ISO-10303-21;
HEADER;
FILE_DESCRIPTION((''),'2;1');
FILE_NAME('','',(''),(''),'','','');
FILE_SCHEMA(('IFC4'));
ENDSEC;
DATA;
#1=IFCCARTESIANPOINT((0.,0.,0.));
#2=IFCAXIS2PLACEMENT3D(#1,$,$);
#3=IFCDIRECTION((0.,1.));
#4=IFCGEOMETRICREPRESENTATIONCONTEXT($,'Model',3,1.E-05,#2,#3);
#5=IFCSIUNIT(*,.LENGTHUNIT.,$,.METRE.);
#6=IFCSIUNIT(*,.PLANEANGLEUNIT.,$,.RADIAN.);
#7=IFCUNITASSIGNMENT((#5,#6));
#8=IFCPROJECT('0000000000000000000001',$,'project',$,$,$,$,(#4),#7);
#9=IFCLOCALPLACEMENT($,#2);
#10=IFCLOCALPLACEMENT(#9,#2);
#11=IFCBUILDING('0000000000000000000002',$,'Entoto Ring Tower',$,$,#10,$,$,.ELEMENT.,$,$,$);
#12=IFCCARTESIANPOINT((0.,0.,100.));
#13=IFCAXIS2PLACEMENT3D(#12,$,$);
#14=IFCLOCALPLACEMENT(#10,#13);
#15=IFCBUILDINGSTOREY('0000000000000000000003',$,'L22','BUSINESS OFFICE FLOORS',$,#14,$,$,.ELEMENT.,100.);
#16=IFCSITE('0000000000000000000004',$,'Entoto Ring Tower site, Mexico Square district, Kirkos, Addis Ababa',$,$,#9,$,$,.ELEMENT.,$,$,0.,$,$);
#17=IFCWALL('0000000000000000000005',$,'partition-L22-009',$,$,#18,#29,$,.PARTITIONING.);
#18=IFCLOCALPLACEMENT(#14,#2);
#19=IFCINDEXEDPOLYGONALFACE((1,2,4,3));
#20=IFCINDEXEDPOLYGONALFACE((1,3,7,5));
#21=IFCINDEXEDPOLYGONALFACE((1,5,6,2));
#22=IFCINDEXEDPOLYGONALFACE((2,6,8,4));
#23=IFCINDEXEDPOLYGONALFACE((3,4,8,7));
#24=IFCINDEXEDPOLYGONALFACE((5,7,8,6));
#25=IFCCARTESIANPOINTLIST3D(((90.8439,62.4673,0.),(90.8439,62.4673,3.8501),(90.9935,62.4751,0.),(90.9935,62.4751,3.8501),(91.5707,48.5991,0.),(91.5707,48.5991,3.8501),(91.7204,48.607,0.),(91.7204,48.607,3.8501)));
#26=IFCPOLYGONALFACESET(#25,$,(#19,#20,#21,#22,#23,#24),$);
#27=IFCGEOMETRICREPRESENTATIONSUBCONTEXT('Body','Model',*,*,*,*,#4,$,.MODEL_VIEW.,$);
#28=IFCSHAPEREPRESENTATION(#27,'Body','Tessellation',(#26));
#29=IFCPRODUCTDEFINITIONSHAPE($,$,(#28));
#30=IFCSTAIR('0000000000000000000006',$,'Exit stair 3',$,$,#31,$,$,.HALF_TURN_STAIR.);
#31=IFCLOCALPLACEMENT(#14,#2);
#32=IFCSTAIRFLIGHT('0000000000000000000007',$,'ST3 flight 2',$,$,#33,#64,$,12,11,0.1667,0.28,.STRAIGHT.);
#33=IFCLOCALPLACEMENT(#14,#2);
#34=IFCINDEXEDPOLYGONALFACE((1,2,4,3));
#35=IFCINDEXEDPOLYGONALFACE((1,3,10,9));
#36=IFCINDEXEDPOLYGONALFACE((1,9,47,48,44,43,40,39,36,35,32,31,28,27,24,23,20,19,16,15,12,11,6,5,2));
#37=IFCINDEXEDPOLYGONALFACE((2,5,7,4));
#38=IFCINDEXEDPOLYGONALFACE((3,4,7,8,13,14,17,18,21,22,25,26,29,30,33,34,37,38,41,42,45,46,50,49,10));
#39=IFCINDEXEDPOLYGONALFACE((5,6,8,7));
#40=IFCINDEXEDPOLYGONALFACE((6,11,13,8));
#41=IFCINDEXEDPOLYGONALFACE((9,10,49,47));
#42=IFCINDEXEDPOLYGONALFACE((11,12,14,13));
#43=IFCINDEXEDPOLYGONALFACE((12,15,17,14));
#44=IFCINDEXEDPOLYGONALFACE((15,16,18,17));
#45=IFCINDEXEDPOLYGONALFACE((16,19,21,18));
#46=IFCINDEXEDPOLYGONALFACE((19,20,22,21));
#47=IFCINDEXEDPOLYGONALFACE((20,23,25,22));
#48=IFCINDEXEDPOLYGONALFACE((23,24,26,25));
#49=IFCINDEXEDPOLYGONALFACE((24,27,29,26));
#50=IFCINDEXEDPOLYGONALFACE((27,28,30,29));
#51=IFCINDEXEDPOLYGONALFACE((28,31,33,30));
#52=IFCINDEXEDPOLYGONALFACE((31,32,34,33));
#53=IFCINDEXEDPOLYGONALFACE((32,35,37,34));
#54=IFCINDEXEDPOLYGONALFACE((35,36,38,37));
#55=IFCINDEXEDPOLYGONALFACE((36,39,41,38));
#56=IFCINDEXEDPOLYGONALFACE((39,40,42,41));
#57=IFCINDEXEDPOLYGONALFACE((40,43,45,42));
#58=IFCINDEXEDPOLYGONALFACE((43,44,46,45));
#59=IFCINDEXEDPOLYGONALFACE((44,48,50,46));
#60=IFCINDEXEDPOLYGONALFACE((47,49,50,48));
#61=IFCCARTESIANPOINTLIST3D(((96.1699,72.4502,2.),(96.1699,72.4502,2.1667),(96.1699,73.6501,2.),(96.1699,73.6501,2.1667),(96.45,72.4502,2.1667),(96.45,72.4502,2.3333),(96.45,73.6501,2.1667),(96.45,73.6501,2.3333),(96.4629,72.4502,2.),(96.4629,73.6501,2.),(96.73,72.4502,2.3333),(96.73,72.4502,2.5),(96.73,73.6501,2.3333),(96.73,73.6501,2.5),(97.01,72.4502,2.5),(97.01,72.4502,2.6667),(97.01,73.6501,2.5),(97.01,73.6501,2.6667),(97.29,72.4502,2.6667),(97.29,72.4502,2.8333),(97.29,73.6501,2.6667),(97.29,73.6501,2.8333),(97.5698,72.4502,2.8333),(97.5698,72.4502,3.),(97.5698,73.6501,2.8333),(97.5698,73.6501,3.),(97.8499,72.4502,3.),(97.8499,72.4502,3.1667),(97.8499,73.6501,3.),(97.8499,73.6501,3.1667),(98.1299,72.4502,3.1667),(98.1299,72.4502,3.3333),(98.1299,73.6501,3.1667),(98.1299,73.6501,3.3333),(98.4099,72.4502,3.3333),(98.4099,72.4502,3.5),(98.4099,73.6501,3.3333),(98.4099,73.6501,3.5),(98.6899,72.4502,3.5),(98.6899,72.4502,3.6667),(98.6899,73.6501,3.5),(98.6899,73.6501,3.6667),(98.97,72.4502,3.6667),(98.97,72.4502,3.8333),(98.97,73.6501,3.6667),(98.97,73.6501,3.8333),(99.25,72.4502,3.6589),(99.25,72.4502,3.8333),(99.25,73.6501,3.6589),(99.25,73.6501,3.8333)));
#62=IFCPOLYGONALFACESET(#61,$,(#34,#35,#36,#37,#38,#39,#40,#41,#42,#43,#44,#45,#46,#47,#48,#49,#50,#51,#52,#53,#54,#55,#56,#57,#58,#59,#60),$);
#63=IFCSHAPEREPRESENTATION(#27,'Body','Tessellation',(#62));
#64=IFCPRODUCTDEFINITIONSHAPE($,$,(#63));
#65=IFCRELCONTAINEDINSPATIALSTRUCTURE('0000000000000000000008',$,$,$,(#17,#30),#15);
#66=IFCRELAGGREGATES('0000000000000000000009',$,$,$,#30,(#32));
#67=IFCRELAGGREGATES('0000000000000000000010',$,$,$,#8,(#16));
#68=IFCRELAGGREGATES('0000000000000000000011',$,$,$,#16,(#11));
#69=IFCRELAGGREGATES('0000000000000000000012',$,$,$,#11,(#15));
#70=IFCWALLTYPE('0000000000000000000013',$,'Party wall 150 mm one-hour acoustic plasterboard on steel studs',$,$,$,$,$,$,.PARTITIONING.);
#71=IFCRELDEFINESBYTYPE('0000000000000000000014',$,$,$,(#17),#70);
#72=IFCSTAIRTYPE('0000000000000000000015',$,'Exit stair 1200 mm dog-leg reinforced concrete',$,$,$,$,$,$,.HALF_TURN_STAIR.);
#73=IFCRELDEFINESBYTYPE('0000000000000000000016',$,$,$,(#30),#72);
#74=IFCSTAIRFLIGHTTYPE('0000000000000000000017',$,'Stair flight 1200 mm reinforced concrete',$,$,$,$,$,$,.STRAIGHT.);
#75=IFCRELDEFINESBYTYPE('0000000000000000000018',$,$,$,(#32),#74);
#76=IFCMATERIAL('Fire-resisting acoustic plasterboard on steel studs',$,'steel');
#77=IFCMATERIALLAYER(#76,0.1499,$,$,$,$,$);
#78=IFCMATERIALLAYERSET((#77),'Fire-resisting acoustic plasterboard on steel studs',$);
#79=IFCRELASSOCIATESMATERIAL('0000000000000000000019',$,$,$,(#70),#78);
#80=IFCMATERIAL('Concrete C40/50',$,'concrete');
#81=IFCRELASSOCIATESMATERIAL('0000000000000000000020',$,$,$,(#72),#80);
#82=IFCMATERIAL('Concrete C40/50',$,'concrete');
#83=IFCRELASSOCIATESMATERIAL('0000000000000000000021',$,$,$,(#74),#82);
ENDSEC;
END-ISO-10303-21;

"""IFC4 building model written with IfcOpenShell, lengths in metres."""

from ifc_helpers import new_model, si_unit, direction, frame, frame_2d, origin, place, context, subcontext, project, spatial, polyline, rectangle, outline, extrude, material, layer, layer_set, type_object, element, aggregate, save


model = new_model("IFC4")

# Units and contexts
model_context = context("Model", 3, precision=1e-05, world=origin(), true_north=direction((0.0, 1.0)))
body_context = subcontext(model_context, "Body", "Model", "MODEL_VIEW")
ifc_project = project(units=[si_unit("LENGTHUNIT", "METRE"), si_unit("PLANEANGLEUNIT", "RADIAN")], contexts=[model_context])

# Site, building, storey
site_placement = place(None, origin())
site = spatial("IfcSite", under=ifc_project, at=site_placement, Name="Entoto Ring Tower site, Mexico Square district, Kirkos, Addis Ababa", CompositionType="ELEMENT", RefElevation=0.0)
building_placement = place(site_placement, origin())
building = spatial("IfcBuilding", under=site, at=building_placement, Name="Entoto Ring Tower", CompositionType="ELEMENT")
storey_placement = place(building_placement, frame((0.0, 0.0, 100.0)))
storey = spatial("IfcBuildingStorey", under=building, at=storey_placement, Name="L22", Description="BUSINESS OFFICE FLOORS", CompositionType="ELEMENT", Elevation=100.0)

# Wall
ifc_material_1 = material(Name="Fire-resisting acoustic plasterboard on steel studs", Category="steel")
ifc_layer_1 = layer(ifc_material_1, 0.1499)
ifc_layer_set_1 = layer_set([ifc_layer_1], Name="Fire-resisting acoustic plasterboard on steel studs")
wall_type_1 = type_object("IfcWallType", Name="Party wall 150 mm one-hour acoustic plasterboard on steel studs", PredefinedType="PARTITIONING", material=ifc_layer_set_1)
wall_1_placement = place(storey_placement, frame((91.6455, 48.603, 0.0), z_axis=(0.0, 0.0, 1.0), x_axis=(-0.052336, 0.99863, 0.0)))
element("IfcWall", 1, at=wall_1_placement, inside=storey, type_object=wall_type_1, Name="partition-L22-009", PredefinedType="PARTITIONING", context=body_context, shape_type="SweptSolid", body=[
    extrude(rectangle(XDim=13.8872, YDim=0.1499, at=frame_2d((6.9436, 0.0))), origin(), (0.0, 0.0, 1.0), 3.8501),
])

# Stair, stair flight
ifc_material_2 = material(Name="Concrete C40/50", Category="concrete")
stair_type = type_object("IfcStairType", Name="Exit stair 1200 mm dog-leg reinforced concrete", PredefinedType="HALF_TURN_STAIR", material=ifc_material_2)
stair_placement = place(storey_placement, origin())
stair = element("IfcStair", 2, at=stair_placement, inside=storey, type_object=stair_type, Name="Exit stair 3", PredefinedType="HALF_TURN_STAIR")
ifc_material_3 = material(Name="Concrete C40/50", Category="concrete")
stair_flight_type = type_object("IfcStairFlightType", Name="Stair flight 1200 mm reinforced concrete", PredefinedType="STRAIGHT", material=ifc_material_3)
stair_flight_placement = place(storey_placement, frame((96.1699, 73.05, 2.0), z_axis=(0.0, 0.0, 1.0), x_axis=(1.0, 0.0, 0.0)))
stair_flight = element("IfcStairFlight", 3, at=stair_flight_placement, type_object=stair_flight_type, Name="ST3 flight 2", NumberOfRisers=12, NumberOfTreads=11, PredefinedType="STRAIGHT", RiserHeight=0.1667, TreadLength=0.28, context=body_context, shape_type="SweptSolid", body=[
    extrude(outline(polyline([(0.0, 0.0), (0.0, 0.1667), (0.28, 0.1667), (0.28, 0.3333), (0.5601, 0.3333), (0.5601, 0.5), (0.8401, 0.5), (0.8401, 0.6667), (1.1201, 0.6667), (1.1201, 0.8333), (1.3999, 0.8333), (1.3999, 1.0), (1.6799, 1.0), (1.6799, 1.1667), (1.96, 1.1667), (1.96, 1.3333), (2.24, 1.3333), (2.24, 1.5), (2.52, 1.5), (2.52, 1.6667), (2.8, 1.6667), (2.8, 1.8333), (3.0801, 1.8333), (3.0801, 2.0), (3.0801, 1.6589), (0.293, 0.0), (0.0, 0.0)])), frame((0.0, 0.6001, 0.0), z_axis=(0.0, -1.0, 0.0), x_axis=(1.0, 0.0, 0.0)), (0.0, 0.0, 1.0), 1.2),
])
aggregate(stair, [stair_flight])

save(model, "model.ifc")
